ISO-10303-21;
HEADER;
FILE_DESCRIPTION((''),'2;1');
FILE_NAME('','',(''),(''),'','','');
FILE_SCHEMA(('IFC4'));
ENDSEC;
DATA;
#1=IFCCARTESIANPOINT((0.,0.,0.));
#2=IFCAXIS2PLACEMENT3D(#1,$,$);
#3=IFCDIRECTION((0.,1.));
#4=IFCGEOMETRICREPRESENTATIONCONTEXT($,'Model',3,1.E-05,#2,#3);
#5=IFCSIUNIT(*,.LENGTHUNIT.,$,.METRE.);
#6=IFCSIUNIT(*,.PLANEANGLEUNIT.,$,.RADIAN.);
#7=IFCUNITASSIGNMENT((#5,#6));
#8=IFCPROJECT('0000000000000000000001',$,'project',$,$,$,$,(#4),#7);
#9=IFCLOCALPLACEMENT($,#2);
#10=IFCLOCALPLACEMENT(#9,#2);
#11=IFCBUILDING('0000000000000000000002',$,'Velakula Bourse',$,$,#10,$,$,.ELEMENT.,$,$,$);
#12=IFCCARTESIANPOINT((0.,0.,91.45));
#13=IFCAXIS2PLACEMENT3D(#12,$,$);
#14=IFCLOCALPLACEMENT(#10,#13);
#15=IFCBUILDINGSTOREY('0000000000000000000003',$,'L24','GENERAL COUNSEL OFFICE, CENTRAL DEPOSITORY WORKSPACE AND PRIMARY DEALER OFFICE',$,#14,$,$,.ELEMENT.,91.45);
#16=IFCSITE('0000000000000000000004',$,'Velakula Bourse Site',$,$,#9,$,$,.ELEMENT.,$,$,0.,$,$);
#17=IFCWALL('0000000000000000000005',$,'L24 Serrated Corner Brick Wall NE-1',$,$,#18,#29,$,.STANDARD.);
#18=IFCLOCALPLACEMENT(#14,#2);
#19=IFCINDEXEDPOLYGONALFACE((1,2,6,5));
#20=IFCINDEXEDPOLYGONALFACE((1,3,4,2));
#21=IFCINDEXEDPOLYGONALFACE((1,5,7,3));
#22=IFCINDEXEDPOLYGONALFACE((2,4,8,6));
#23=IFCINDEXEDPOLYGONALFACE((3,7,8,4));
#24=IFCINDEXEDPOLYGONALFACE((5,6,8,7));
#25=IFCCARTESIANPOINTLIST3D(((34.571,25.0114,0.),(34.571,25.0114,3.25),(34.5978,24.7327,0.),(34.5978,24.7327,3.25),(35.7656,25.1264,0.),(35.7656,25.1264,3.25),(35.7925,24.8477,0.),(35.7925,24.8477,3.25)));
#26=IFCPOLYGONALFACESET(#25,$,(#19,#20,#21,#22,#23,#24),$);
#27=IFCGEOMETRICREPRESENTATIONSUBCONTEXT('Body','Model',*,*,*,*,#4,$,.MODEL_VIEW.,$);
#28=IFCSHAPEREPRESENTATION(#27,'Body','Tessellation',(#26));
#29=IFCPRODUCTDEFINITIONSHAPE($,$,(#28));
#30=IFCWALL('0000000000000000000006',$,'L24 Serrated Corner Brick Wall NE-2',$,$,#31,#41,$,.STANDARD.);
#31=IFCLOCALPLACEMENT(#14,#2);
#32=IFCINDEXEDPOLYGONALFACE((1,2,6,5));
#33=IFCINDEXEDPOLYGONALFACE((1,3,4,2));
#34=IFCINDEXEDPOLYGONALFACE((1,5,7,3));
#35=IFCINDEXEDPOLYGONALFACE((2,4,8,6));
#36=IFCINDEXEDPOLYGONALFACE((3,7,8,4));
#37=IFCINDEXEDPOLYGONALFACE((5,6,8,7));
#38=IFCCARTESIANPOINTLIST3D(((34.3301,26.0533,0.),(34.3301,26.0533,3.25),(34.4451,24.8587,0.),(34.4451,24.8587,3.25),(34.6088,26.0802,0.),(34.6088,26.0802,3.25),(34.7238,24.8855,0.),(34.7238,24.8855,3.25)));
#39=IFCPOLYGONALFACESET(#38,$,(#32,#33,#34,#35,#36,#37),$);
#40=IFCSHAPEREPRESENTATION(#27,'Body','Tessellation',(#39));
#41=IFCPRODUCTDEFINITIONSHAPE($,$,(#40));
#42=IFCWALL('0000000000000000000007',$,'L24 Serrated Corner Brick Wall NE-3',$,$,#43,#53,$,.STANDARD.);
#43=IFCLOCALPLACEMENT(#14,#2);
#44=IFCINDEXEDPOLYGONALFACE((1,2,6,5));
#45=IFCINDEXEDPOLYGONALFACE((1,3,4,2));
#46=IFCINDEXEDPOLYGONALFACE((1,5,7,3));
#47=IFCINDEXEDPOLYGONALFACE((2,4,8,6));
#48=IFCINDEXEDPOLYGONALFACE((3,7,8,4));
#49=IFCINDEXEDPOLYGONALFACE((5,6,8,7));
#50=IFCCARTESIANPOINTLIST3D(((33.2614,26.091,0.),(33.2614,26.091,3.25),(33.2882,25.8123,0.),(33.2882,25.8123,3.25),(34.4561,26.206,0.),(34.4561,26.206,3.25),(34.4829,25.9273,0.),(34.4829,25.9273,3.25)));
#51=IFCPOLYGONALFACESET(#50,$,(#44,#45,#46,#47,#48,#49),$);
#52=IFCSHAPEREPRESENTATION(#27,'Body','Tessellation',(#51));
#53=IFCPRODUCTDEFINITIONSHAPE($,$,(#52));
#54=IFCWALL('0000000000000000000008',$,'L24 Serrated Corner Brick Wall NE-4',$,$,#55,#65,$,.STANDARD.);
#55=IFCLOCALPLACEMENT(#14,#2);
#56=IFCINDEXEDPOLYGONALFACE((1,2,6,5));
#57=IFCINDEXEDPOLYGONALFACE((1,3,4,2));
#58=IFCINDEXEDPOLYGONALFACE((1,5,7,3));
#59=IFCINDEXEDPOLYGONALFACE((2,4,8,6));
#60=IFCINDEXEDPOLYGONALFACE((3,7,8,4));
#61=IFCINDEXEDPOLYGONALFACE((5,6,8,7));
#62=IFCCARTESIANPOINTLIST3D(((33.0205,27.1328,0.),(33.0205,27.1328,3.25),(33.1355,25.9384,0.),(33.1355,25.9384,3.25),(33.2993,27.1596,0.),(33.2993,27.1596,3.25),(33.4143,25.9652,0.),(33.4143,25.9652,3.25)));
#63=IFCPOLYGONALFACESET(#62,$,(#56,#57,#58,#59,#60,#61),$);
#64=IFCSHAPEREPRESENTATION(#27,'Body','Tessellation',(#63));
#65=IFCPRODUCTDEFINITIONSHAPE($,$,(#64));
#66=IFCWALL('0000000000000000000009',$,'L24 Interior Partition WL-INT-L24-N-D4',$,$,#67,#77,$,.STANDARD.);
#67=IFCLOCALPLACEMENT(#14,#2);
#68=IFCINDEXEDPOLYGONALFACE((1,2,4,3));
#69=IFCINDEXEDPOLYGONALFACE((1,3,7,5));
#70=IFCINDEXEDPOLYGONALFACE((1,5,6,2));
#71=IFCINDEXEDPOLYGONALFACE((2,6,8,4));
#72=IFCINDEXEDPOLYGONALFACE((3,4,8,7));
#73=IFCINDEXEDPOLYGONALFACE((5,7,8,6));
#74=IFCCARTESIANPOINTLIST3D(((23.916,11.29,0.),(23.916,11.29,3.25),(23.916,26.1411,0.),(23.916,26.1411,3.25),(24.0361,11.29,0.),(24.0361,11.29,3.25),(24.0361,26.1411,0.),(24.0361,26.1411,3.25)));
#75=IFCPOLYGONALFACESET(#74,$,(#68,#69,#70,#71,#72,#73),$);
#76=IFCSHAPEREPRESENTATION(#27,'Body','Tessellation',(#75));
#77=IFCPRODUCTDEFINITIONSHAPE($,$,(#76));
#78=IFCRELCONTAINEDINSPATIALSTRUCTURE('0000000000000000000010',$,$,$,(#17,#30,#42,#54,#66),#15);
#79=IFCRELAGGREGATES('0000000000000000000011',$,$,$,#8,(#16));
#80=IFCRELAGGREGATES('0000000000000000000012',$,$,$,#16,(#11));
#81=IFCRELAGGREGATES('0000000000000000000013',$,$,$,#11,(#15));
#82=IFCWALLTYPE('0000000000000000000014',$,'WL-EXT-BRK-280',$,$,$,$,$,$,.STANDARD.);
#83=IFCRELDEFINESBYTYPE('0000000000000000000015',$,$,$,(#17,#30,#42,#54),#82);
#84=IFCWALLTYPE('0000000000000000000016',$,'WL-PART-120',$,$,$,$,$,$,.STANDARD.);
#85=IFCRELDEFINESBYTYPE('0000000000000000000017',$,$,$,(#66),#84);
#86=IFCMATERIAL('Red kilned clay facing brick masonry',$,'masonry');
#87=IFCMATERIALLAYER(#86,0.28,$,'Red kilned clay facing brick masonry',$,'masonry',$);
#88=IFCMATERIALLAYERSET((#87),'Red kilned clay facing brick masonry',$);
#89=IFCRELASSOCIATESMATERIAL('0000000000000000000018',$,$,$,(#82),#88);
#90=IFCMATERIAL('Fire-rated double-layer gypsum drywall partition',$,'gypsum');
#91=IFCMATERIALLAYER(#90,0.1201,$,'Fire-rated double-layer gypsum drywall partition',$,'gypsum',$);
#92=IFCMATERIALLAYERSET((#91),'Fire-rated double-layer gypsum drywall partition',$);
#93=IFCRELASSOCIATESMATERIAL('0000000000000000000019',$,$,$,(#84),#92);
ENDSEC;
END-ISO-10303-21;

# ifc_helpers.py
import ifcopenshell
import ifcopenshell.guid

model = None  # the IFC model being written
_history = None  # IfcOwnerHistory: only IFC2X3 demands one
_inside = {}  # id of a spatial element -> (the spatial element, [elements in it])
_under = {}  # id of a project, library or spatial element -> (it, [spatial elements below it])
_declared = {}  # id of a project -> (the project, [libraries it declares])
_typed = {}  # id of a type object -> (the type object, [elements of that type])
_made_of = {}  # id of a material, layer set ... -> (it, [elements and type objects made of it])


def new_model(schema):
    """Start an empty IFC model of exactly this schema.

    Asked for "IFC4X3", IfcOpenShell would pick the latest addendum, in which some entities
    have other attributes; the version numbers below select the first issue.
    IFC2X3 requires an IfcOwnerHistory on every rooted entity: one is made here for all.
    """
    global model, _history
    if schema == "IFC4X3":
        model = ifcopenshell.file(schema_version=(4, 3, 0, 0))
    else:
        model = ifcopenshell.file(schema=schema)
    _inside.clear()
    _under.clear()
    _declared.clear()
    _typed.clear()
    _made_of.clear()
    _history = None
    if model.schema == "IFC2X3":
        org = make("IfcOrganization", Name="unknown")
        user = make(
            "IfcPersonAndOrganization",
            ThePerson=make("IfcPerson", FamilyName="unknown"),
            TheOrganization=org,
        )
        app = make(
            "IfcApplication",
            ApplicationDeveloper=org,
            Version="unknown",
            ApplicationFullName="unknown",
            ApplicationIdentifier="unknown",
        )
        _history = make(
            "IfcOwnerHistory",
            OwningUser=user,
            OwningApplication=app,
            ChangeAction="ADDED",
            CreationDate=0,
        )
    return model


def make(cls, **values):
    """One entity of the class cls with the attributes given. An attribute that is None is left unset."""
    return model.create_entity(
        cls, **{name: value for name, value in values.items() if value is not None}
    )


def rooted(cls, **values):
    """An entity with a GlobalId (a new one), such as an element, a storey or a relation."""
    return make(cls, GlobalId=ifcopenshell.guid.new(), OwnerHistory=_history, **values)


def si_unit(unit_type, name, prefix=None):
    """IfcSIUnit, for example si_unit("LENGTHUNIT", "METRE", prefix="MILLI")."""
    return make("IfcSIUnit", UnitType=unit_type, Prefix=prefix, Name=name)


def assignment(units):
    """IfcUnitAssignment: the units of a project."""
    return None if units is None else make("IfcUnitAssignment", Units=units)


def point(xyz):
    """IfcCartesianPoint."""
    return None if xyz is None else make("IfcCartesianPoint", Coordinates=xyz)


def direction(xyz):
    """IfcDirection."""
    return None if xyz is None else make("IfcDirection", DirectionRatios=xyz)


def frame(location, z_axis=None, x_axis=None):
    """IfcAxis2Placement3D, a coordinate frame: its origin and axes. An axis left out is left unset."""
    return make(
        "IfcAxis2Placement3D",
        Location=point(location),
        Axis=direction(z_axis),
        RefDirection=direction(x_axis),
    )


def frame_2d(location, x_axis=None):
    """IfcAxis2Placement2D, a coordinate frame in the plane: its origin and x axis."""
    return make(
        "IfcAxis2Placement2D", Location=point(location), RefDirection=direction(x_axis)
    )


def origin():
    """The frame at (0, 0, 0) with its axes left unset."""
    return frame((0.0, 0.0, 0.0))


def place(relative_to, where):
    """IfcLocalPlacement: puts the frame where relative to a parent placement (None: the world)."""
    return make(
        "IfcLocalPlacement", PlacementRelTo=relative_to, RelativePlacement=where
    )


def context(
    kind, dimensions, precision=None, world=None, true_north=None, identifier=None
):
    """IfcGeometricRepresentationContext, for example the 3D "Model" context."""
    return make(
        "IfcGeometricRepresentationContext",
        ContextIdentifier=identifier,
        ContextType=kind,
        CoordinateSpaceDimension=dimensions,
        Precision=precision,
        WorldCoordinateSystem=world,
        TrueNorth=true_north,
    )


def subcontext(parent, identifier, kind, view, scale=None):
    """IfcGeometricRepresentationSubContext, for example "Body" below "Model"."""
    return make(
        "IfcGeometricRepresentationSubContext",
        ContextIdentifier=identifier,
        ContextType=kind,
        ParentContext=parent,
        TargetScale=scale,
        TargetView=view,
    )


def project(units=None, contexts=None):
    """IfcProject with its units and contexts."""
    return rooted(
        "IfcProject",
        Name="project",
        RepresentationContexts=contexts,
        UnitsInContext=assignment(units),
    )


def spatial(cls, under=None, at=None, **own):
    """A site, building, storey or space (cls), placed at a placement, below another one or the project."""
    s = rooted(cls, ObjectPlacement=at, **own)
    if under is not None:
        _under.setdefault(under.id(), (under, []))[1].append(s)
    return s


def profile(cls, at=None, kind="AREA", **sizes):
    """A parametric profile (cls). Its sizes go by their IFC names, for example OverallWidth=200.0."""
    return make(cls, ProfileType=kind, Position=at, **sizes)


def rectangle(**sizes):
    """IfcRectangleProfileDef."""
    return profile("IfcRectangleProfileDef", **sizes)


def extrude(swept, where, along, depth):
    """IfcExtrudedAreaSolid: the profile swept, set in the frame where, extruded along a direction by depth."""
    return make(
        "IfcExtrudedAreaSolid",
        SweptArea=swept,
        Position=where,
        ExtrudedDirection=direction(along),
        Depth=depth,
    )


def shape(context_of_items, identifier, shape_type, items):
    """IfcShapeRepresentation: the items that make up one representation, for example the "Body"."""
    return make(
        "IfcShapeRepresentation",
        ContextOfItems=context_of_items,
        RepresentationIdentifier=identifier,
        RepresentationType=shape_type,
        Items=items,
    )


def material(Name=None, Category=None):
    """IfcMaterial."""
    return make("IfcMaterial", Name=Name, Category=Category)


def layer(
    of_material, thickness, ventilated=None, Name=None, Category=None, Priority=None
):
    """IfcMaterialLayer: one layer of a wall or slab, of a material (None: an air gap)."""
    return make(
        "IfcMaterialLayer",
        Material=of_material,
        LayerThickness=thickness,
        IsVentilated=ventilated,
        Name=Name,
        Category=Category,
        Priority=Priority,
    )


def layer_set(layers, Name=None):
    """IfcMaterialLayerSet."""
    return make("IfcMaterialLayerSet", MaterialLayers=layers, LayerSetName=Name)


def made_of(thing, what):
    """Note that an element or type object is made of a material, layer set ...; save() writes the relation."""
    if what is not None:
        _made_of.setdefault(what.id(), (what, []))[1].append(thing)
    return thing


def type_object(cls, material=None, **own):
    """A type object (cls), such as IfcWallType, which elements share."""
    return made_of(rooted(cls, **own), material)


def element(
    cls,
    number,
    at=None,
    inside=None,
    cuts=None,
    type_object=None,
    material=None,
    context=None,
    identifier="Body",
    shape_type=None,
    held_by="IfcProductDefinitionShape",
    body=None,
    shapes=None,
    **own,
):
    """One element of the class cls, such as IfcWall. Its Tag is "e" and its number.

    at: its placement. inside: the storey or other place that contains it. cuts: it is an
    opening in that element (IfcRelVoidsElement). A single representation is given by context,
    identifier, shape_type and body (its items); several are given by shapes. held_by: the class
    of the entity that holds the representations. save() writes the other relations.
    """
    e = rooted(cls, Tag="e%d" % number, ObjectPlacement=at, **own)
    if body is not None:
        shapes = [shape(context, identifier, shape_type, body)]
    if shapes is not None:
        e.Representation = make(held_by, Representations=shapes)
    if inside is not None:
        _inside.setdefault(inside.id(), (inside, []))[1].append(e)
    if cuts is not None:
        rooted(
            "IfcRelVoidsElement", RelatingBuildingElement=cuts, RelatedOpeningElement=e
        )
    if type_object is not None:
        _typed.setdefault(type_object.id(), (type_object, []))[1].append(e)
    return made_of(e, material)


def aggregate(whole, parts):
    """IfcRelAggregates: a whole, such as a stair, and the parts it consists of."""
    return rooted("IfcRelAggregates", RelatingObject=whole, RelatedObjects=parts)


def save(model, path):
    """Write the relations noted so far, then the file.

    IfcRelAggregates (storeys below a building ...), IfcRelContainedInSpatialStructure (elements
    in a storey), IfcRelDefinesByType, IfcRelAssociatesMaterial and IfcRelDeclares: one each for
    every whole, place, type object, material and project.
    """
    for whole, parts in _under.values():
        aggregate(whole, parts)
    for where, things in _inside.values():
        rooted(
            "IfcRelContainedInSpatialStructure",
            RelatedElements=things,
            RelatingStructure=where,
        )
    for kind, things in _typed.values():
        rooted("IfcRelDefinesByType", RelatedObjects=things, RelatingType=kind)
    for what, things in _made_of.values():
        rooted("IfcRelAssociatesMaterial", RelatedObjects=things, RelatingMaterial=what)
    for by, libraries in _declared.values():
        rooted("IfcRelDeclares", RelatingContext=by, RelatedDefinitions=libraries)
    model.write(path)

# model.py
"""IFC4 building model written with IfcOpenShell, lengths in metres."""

from ifc_helpers import new_model, si_unit, direction, frame, frame_2d, origin, place, context, subcontext, project, spatial, rectangle, extrude, material, layer, layer_set, type_object, element, save


model = new_model("IFC4")

# Units and contexts
model_context = context("Model", 3, precision=1e-05, world=origin(), true_north=direction((0.0, 1.0)))
body_context = subcontext(model_context, "Body", "Model", "MODEL_VIEW")
ifc_project = project(units=[si_unit("LENGTHUNIT", "METRE"), si_unit("PLANEANGLEUNIT", "RADIAN")], contexts=[model_context])

# Site, building, storey
site_placement = place(None, origin())
site = spatial("IfcSite", under=ifc_project, at=site_placement, Name="Velakula Bourse Site", CompositionType="ELEMENT", RefElevation=0.0)
building_placement = place(site_placement, origin())
building = spatial("IfcBuilding", under=site, at=building_placement, Name="Velakula Bourse", CompositionType="ELEMENT")
storey_placement = place(building_placement, frame((0.0, 0.0, 91.45)))
storey = spatial("IfcBuildingStorey", under=building, at=storey_placement, Name="L24", Description="GENERAL COUNSEL OFFICE, CENTRAL DEPOSITORY WORKSPACE AND PRIMARY DEALER OFFICE", CompositionType="ELEMENT", Elevation=91.45)

# Shared definitions
ifc_material_1 = material(Name="Red kilned clay facing brick masonry", Category="masonry")
ifc_layer_1 = layer(ifc_material_1, 0.28, Name="Red kilned clay facing brick masonry", Category="masonry")
ifc_layer_set_1 = layer_set([ifc_layer_1], Name="Red kilned clay facing brick masonry")
wall_type_1 = type_object("IfcWallType", Name="WL-EXT-BRK-280", PredefinedType="STANDARD", material=ifc_layer_set_1)

# Walls
for number, where, z_axis, x_axis, name in (
    (1, (35.7791, 24.9871, 0.0), (0.0, 0.0, 1.0), (-0.995399, -0.095817, 0.0), "L24 Serrated Corner Brick Wall NE-1"),
    (2, (34.5845, 24.8721, 0.0), (0.0, 0.0, 1.0), (-0.095817, 0.995399, 0.0), "L24 Serrated Corner Brick Wall NE-2"),
    (3, (34.4695, 26.0667, 0.0), (0.0, 0.0, 1.0), (-0.995399, -0.095817, 0.0), "L24 Serrated Corner Brick Wall NE-3"),
):
    element("IfcWall", number, at=place(storey_placement, frame(where, z_axis=z_axis, x_axis=x_axis)), inside=storey, type_object=wall_type_1, Name=name, PredefinedType="STANDARD", context=body_context, shape_type="SweptSolid", body=[
        extrude(rectangle(XDim=1.2002, YDim=0.28, at=frame_2d((0.6001, 0.0))), origin(), (0.0, 0.0, 1.0), 3.25),
    ])
wall_1_placement = place(storey_placement, frame((33.2749, 25.9517, 0.0), z_axis=(0.0, 0.0, 1.0), x_axis=(-0.095836, 0.995397, 0.0)))
element("IfcWall", 4, at=wall_1_placement, inside=storey, type_object=wall_type_1, Name="L24 Serrated Corner Brick Wall NE-4", PredefinedType="STANDARD", context=body_context, shape_type="SweptSolid", body=[
    extrude(rectangle(XDim=1.2, YDim=0.28, at=frame_2d((0.6001, 0.0))), origin(), (0.0, 0.0, 1.0), 3.25),
])
ifc_material_2 = material(Name="Fire-rated double-layer gypsum drywall partition", Category="gypsum")
ifc_layer_2 = layer(ifc_material_2, 0.1201, Name="Fire-rated double-layer gypsum drywall partition", Category="gypsum")
ifc_layer_set_2 = layer_set([ifc_layer_2], Name="Fire-rated double-layer gypsum drywall partition")
wall_type_2 = type_object("IfcWallType", Name="WL-PART-120", PredefinedType="STANDARD", material=ifc_layer_set_2)
wall_2_placement = place(storey_placement, frame((23.9761, 11.29, 0.0), z_axis=(0.0, 0.0, 1.0), x_axis=(0.0, 1.0, 0.0)))
element("IfcWall", 5, at=wall_2_placement, inside=storey, type_object=wall_type_2, Name="L24 Interior Partition WL-INT-L24-N-D4", PredefinedType="STANDARD", context=body_context, shape_type="SweptSolid", body=[
    extrude(rectangle(XDim=14.8511, YDim=0.1201, at=frame_2d((7.4255, 0.0))), origin(), (0.0, 0.0, 1.0), 3.25),
])

save(model, "model.ifc")
